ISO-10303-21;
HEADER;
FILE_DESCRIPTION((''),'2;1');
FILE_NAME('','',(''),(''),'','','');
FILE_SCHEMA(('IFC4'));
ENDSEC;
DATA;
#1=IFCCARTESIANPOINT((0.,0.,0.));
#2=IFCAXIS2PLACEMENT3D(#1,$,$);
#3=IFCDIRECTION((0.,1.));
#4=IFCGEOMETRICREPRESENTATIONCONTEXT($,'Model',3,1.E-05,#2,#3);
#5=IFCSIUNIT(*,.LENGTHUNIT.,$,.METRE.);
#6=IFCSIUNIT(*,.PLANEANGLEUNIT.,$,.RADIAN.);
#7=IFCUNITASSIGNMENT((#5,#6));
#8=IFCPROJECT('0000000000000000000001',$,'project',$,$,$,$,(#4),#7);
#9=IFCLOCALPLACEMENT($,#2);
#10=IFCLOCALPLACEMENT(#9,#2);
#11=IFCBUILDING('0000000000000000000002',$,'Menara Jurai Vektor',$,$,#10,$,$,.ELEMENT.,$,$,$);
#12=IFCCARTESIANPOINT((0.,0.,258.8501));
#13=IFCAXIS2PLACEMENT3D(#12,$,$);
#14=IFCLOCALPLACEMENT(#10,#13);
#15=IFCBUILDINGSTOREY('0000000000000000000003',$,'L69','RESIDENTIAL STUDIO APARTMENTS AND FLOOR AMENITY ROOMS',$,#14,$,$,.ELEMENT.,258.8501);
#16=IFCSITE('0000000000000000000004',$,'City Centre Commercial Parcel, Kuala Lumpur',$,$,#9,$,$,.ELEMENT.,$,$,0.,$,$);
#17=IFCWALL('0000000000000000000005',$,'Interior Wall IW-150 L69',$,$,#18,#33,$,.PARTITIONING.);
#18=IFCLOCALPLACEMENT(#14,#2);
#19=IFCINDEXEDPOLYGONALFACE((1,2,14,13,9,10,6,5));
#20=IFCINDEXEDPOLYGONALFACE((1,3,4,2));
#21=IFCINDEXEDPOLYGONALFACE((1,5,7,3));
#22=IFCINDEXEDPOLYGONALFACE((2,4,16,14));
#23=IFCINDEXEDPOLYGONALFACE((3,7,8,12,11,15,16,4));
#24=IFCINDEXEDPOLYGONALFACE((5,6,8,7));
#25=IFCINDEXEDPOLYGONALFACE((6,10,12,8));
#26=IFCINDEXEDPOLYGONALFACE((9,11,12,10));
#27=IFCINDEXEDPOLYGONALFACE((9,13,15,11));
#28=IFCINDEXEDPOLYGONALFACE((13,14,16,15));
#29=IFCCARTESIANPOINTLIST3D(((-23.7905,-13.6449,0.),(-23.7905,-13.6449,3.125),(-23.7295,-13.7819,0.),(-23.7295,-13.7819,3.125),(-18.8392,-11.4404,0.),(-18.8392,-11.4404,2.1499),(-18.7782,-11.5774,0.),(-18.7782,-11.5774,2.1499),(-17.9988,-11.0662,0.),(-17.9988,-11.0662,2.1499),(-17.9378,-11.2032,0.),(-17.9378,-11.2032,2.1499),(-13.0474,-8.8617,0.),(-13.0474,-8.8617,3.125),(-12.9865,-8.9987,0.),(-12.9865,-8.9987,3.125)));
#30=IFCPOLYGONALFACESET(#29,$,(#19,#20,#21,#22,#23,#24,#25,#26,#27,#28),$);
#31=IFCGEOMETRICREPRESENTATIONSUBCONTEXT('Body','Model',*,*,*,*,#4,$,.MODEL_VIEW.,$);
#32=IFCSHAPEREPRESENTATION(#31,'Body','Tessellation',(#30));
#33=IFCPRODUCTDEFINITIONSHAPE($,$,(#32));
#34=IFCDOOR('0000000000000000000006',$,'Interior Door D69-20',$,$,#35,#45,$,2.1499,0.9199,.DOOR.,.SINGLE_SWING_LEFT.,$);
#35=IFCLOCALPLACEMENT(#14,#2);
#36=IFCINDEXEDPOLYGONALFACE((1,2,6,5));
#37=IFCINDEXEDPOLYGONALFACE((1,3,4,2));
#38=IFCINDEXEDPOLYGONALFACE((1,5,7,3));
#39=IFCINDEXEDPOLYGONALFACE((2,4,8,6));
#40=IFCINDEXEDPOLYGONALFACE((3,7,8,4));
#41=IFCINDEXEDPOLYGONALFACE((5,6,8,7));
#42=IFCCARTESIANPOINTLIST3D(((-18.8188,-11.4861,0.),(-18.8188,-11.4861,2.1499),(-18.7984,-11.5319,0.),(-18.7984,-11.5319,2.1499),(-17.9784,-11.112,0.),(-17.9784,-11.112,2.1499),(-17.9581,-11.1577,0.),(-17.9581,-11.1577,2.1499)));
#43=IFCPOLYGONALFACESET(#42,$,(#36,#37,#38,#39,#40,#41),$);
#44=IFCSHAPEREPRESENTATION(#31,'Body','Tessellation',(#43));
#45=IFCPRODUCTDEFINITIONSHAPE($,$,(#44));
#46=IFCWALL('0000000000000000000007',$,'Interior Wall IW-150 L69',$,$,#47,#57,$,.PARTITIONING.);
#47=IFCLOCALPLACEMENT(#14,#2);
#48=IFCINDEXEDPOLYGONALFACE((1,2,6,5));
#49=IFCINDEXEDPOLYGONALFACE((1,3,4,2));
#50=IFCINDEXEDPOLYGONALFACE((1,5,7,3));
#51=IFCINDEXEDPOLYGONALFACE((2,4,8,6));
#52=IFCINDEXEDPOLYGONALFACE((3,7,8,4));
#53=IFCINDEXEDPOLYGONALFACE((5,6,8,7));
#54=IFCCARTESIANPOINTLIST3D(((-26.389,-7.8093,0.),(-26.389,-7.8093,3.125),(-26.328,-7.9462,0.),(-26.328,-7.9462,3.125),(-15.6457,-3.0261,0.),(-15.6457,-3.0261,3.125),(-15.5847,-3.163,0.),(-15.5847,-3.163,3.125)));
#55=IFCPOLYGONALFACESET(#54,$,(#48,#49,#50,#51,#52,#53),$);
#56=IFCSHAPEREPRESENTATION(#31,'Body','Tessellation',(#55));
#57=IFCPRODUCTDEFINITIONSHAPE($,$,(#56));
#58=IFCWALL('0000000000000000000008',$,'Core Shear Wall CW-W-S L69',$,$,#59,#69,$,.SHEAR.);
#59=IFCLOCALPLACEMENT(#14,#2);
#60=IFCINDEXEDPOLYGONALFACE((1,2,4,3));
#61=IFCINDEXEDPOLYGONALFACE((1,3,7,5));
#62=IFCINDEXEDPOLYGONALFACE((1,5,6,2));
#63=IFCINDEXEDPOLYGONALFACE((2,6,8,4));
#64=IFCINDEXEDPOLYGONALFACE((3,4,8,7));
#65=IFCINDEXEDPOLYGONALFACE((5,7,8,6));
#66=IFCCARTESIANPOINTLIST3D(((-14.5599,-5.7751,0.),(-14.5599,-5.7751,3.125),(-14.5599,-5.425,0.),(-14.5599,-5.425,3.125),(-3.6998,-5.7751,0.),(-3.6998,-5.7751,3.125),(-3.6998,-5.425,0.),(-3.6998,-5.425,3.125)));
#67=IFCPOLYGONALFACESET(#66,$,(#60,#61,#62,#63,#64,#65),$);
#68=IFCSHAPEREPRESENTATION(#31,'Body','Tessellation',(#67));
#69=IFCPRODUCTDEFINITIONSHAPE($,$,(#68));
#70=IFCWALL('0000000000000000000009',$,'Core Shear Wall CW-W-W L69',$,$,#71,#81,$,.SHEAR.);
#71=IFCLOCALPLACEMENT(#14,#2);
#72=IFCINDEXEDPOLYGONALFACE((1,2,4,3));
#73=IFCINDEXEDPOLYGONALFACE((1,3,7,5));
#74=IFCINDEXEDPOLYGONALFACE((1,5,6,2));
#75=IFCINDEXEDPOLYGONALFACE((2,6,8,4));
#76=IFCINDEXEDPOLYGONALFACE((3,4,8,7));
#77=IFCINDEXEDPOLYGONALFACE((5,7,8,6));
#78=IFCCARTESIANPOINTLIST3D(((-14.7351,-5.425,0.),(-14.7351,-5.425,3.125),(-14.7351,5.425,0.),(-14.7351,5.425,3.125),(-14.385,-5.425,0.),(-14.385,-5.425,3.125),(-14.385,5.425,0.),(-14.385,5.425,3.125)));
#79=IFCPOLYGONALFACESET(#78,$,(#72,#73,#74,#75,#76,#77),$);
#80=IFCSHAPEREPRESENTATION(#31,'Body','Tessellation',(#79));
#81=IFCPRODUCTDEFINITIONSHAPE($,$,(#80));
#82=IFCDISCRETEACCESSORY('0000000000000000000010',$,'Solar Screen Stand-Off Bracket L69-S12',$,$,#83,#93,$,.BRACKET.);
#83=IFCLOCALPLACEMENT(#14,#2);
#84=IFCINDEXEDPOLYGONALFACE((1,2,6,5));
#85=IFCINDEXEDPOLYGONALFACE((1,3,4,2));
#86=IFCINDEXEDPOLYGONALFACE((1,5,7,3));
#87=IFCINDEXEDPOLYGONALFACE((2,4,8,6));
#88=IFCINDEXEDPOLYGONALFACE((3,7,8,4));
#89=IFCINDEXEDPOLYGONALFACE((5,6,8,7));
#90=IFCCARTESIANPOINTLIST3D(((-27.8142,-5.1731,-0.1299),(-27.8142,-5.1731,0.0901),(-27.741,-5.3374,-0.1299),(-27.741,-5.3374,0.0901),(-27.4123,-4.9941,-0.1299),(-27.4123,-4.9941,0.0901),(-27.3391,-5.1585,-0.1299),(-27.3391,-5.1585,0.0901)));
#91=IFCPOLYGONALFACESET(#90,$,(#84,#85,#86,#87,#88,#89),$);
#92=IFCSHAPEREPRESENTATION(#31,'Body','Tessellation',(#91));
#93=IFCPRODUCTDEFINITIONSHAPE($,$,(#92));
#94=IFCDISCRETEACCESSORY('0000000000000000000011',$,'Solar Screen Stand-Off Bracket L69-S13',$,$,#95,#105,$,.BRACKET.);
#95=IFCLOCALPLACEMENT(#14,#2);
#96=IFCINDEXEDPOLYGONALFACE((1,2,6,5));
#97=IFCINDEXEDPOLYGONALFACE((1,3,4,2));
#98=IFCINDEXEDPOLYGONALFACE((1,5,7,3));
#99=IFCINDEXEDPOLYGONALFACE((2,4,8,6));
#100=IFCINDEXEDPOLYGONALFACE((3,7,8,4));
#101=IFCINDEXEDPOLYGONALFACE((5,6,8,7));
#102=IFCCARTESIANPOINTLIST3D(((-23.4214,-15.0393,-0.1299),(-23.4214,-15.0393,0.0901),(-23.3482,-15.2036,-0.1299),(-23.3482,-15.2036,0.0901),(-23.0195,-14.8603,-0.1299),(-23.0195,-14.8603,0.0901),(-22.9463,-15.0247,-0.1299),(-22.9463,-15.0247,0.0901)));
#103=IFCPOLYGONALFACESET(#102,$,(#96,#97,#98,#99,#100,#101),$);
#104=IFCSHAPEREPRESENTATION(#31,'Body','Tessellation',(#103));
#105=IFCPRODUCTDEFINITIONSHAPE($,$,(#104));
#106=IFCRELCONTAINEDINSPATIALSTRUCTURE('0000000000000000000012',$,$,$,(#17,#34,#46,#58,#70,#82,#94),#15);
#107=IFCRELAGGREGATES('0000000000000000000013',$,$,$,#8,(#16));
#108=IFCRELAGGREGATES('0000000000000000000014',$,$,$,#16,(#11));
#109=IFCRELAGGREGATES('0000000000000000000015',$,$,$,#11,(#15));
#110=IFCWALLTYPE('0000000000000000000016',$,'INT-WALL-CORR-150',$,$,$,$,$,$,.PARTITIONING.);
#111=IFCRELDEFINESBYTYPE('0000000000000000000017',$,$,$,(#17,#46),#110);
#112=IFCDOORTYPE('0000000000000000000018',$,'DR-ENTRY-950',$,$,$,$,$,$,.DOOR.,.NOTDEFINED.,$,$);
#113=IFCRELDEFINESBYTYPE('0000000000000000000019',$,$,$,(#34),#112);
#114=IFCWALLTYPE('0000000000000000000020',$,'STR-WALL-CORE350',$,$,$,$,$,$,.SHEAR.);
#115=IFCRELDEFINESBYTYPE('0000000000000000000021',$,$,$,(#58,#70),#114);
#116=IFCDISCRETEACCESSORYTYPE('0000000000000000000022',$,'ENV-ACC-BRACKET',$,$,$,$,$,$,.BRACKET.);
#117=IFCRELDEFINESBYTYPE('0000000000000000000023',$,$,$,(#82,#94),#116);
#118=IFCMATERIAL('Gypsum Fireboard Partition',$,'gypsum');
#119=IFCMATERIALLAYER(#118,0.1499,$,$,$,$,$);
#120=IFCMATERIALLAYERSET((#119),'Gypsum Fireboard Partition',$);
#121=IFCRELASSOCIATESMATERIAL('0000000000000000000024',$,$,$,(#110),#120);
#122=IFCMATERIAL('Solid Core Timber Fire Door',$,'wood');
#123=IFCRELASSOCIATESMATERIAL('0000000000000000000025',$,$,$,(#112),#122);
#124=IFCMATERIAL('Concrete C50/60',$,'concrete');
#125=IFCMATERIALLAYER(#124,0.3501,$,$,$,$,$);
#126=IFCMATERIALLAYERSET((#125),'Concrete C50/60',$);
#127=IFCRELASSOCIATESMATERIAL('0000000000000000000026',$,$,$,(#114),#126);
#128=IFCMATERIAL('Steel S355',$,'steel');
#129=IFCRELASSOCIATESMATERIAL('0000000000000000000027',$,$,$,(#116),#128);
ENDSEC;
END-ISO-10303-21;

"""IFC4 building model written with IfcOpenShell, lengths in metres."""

from ifc_helpers import new_model, si_unit, direction, frame, frame_2d, origin, origin_2d, place, context, subcontext, project, spatial, rectangle, extrude, material, layer, layer_set, type_object, element, fill, save


model = new_model("IFC4")

# Units and contexts
model_context = context("Model", 3, precision=1e-05, world=origin(), true_north=direction((0.0, 1.0)))
body_context = subcontext(model_context, "Body", "Model", "MODEL_VIEW")
ifc_project = project(units=[si_unit("LENGTHUNIT", "METRE"), si_unit("PLANEANGLEUNIT", "RADIAN")], contexts=[model_context])

# Site, building, storey
site_placement = place(None, origin())
site = spatial("IfcSite", under=ifc_project, at=site_placement, Name="City Centre Commercial Parcel, Kuala Lumpur", CompositionType="ELEMENT", RefElevation=0.0)
building_placement = place(site_placement, origin())
building = spatial("IfcBuilding", under=site, at=building_placement, Name="Menara Jurai Vektor", CompositionType="ELEMENT")
storey_placement = place(building_placement, frame((0.0, 0.0, 258.8501)))
storey = spatial("IfcBuildingStorey", under=building, at=storey_placement, Name="L69", Description="RESIDENTIAL STUDIO APARTMENTS AND FLOOR AMENITY ROOMS", CompositionType="ELEMENT", Elevation=258.8501)

# Shared definitions
ifc_material_1 = material(Name="Concrete C50/60", Category="concrete")

# Shared definitions
ifc_material_2 = material(Name="Steel S355", Category="steel")

# Wall, opening, door
ifc_material_3 = material(Name="Gypsum Fireboard Partition", Category="gypsum")
ifc_layer_1 = layer(ifc_material_3, 0.1499)
ifc_layer_set_1 = layer_set([ifc_layer_1], Name="Gypsum Fireboard Partition")
wall_type_1 = type_object("IfcWallType", Name="INT-WALL-CORR-150", PredefinedType="PARTITIONING", material=ifc_layer_set_1)
wall_1_placement = place(storey_placement, frame((-23.76, -13.7134, 0.0), z_axis=(0.0, 0.0, 1.0), x_axis=(0.913544, 0.406739, 0.0)))
wall_1 = element("IfcWall", 1, at=wall_1_placement, inside=storey, type_object=wall_type_1, Name="Interior Wall IW-150 L69", PredefinedType="PARTITIONING", context=body_context, shape_type="SweptSolid", body=[
    extrude(rectangle(XDim=11.7598, YDim=0.1499, at=frame_2d((5.8799, 0.0))), origin(), (0.0, 0.0, 1.0), 3.125),
])
opening_1_placement = place(wall_1_placement, frame((5.4199, 0.0, 0.0)))
opening_1 = element("IfcOpeningElement", 2, at=opening_1_placement, cuts=wall_1, PredefinedType="OPENING", context=body_context, shape_type="SweptSolid", body=[
    extrude(rectangle(XDim=0.9199, YDim=2.1499, at=frame_2d((0.46, 1.075))), frame((0.0, 0.085, 0.0), z_axis=(0.0, -1.0, 0.0), x_axis=(1.0, 0.0, 0.0)), (0.0, 0.0, 1.0), 0.1699),
])
ifc_material_4 = material(Name="Solid Core Timber Fire Door", Category="wood")
door_type_1 = type_object("IfcDoorType", Name="DR-ENTRY-950", OperationType="NOTDEFINED", PredefinedType="DOOR", material=ifc_material_4)
door_1_placement = place(opening_1_placement, origin())
door_1 = element("IfcDoor", 3, at=door_1_placement, inside=storey, type_object=door_type_1, Name="Interior Door D69-20", OperationType="SINGLE_SWING_LEFT", OverallHeight=2.1499, OverallWidth=0.9199, PredefinedType="DOOR", context=body_context, shape_type="SweptSolid", body=[
    extrude(rectangle(XDim=0.9199, YDim=2.1499, at=frame_2d((0.46, 1.075))), frame((0.0, 0.0249, 0.0), z_axis=(0.0, -1.0, 0.0), x_axis=(1.0, 0.0, 0.0)), (0.0, 0.0, 1.0), 0.05),
])
fill(opening_1, door_1)

# Wall
wall_2_placement = place(storey_placement, frame((-26.3584, -7.8777, 0.0), z_axis=(0.0, 0.0, 1.0), x_axis=(0.913548, 0.406732, 0.0)))
element("IfcWall", 4, at=wall_2_placement, inside=storey, type_object=wall_type_1, Name="Interior Wall IW-150 L69", PredefinedType="PARTITIONING", context=body_context, shape_type="SweptSolid", body=[
    extrude(rectangle(XDim=11.76, YDim=0.1499, at=frame_2d((5.8799, 0.0))), origin(), (0.0, 0.0, 1.0), 3.125),
])

# Walls
ifc_layer_2 = layer(ifc_material_1, 0.3501)
ifc_layer_set_2 = layer_set([ifc_layer_2], Name="Concrete C50/60")
wall_type_2 = type_object("IfcWallType", Name="STR-WALL-CORE350", PredefinedType="SHEAR", material=ifc_layer_set_2)
wall_3_placement = place(storey_placement, frame((-14.5601, -5.6001, 0.0), z_axis=(0.0, 0.0, 1.0), x_axis=(1.0, 0.0, 0.0)))
element("IfcWall", 5, at=wall_3_placement, inside=storey, type_object=wall_type_2, Name="Core Shear Wall CW-W-S L69", PredefinedType="SHEAR", context=body_context, shape_type="SweptSolid", body=[
    extrude(rectangle(XDim=10.8601, YDim=0.3501, at=frame_2d((5.4302, 0.0))), origin(), (0.0, 0.0, 1.0), 3.125),
])
wall_4_placement = place(storey_placement, frame((-14.5601, -5.425, 0.0), z_axis=(0.0, 0.0, 1.0), x_axis=(0.0, 1.0, 0.0)))
element("IfcWall", 6, at=wall_4_placement, inside=storey, type_object=wall_type_2, Name="Core Shear Wall CW-W-W L69", PredefinedType="SHEAR", context=body_context, shape_type="SweptSolid", body=[
    extrude(rectangle(XDim=10.8501, YDim=0.3501, at=frame_2d((5.425, 0.0))), origin(), (0.0, 0.0, 1.0), 3.125),
])

# Discrete accessories
discrete_accessory_type = type_object("IfcDiscreteAccessoryType", Name="ENV-ACC-BRACKET", PredefinedType="BRACKET", material=ifc_material_2)
for number, where, z_axis, x_axis, name in (
    (7, (-27.5767, -5.1658, -0.1299), (0.0, 0.0, 1.0), (0.406737, -0.913545, 0.0), "Solar Screen Stand-Off Bracket L69-S12"),
    (8, (-23.1838, -15.032, -0.1299), (0.0, 0.0, 1.0), (0.406737, -0.913545, 0.0), "Solar Screen Stand-Off Bracket L69-S13"),
):
    element("IfcDiscreteAccessory", number, at=place(storey_placement, frame(where, z_axis=z_axis, x_axis=x_axis)), inside=storey, type_object=discrete_accessory_type, Name=name, PredefinedType="BRACKET", context=body_context, shape_type="SweptSolid", body=[
        extrude(rectangle(XDim=0.1799, YDim=0.4399, at=origin_2d()), origin(), (0.0, 0.0, 1.0), 0.22),
    ])

save(model, "model.ifc")
